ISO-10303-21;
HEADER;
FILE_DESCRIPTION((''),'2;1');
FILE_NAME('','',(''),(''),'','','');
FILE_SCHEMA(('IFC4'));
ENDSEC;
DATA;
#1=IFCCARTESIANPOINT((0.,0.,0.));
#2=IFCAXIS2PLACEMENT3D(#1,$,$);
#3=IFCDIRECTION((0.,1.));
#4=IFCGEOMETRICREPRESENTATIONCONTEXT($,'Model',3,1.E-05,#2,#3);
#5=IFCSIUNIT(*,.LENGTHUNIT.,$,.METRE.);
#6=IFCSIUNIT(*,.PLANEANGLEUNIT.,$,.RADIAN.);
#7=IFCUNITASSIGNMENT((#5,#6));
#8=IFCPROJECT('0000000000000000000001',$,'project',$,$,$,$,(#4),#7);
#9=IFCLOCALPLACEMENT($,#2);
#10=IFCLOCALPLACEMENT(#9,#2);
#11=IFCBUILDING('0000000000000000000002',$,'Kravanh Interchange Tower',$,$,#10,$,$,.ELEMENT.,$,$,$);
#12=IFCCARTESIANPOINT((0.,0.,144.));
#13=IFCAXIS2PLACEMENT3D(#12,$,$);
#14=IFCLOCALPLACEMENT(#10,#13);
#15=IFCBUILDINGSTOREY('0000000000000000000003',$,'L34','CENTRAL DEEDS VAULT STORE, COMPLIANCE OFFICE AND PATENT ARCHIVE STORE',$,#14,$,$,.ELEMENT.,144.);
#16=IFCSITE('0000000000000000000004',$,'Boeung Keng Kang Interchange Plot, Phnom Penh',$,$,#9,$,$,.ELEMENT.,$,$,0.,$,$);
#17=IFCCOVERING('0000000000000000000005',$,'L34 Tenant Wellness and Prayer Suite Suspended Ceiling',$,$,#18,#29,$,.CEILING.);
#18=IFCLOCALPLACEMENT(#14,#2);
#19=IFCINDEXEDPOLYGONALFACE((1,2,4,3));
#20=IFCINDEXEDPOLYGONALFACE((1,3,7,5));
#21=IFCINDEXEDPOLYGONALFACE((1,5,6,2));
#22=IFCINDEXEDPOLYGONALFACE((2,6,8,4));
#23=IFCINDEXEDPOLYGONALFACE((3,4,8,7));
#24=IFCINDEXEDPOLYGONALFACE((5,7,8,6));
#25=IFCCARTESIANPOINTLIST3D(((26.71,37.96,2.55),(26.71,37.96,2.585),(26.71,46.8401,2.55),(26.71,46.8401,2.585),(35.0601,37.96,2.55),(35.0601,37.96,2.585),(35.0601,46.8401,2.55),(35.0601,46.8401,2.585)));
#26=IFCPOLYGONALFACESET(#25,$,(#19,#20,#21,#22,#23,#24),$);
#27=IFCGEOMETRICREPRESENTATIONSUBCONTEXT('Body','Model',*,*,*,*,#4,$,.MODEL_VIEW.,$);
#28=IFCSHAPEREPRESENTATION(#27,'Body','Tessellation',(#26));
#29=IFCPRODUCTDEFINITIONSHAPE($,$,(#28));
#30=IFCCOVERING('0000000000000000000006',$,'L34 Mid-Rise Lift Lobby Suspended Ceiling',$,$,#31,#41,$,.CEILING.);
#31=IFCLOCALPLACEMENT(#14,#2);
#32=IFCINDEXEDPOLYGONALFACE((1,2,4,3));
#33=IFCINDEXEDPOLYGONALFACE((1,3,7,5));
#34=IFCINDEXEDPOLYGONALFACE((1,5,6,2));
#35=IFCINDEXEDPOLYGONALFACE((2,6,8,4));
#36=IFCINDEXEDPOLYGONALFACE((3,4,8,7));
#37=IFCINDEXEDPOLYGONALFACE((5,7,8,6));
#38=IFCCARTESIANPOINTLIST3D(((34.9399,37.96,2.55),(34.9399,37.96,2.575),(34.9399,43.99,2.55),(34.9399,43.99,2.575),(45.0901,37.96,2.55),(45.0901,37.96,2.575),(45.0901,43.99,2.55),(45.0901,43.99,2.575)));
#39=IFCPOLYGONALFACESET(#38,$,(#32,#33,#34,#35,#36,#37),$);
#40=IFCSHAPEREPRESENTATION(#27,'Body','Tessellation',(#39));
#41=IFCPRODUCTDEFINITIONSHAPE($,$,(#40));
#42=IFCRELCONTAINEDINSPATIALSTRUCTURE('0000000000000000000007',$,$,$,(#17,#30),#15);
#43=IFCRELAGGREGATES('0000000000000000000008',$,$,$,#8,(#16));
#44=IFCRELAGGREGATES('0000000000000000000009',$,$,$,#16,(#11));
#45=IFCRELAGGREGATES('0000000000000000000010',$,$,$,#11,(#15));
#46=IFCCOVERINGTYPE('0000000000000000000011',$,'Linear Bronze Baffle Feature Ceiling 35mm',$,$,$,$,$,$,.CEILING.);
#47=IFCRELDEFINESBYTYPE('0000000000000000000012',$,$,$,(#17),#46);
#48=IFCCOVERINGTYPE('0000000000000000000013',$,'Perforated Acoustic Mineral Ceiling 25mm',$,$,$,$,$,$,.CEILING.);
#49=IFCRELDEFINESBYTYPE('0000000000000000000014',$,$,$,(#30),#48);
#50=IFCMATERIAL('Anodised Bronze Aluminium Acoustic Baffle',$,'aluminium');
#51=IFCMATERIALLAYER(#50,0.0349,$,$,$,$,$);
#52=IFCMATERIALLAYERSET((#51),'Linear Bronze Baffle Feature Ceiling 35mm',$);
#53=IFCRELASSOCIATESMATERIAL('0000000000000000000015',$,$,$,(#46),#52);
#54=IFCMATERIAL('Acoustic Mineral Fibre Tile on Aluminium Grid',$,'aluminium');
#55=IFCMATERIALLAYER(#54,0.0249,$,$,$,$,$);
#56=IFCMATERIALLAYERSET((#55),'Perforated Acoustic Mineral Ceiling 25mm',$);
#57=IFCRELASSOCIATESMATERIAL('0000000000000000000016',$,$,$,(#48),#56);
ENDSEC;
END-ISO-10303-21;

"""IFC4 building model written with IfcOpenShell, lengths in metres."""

from ifc_helpers import new_model, si_unit, direction, frame, origin, place, context, subcontext, project, spatial, polyline, outline, extrude, material, layer, layer_set, type_object, element, save


model = new_model("IFC4")

# Units and contexts
model_context = context("Model", 3, precision=1e-05, world=origin(), true_north=direction((0.0, 1.0)))
body_context = subcontext(model_context, "Body", "Model", "MODEL_VIEW")
ifc_project = project(units=[si_unit("LENGTHUNIT", "METRE"), si_unit("PLANEANGLEUNIT", "RADIAN")], contexts=[model_context])

# Site, building, storey
site_placement = place(None, origin())
site = spatial("IfcSite", under=ifc_project, at=site_placement, Name="Boeung Keng Kang Interchange Plot, Phnom Penh", CompositionType="ELEMENT", RefElevation=0.0)
building_placement = place(site_placement, origin())
building = spatial("IfcBuilding", under=site, at=building_placement, Name="Kravanh Interchange Tower", CompositionType="ELEMENT")
storey_placement = place(building_placement, frame((0.0, 0.0, 144.0)))
storey = spatial("IfcBuildingStorey", under=building, at=storey_placement, Name="L34", Description="CENTRAL DEEDS VAULT STORE, COMPLIANCE OFFICE AND PATENT ARCHIVE STORE", CompositionType="ELEMENT", Elevation=144.0)

# Coverings
ifc_material_1 = material(Name="Anodised Bronze Aluminium Acoustic Baffle", Category="aluminium")
ifc_layer_1 = layer(ifc_material_1, 0.0349)
ifc_layer_set_1 = layer_set([ifc_layer_1], Name="Linear Bronze Baffle Feature Ceiling 35mm")
covering_type_1 = type_object("IfcCoveringType", Name="Linear Bronze Baffle Feature Ceiling 35mm", PredefinedType="CEILING", material=ifc_layer_set_1)
covering_1_placement = place(storey_placement, frame((0.0, 0.0, 2.55)))
element("IfcCovering", 1, at=covering_1_placement, inside=storey, type_object=covering_type_1, Name="L34 Tenant Wellness and Prayer Suite Suspended Ceiling", PredefinedType="CEILING", context=body_context, shape_type="SweptSolid", body=[
    extrude(outline(polyline([(35.0601, 37.96), (26.71, 37.96), (26.71, 46.8401), (35.0601, 46.8401), (35.0601, 37.96)])), origin(), (0.0, 0.0, 1.0), 0.0349),
])
ifc_material_2 = material(Name="Acoustic Mineral Fibre Tile on Aluminium Grid", Category="aluminium")
ifc_layer_2 = layer(ifc_material_2, 0.0249)
ifc_layer_set_2 = layer_set([ifc_layer_2], Name="Perforated Acoustic Mineral Ceiling 25mm")
covering_type_2 = type_object("IfcCoveringType", Name="Perforated Acoustic Mineral Ceiling 25mm", PredefinedType="CEILING", material=ifc_layer_set_2)
covering_2_placement = place(storey_placement, frame((0.0, 0.0, 2.55)))
element("IfcCovering", 2, at=covering_2_placement, inside=storey, type_object=covering_type_2, Name="L34 Mid-Rise Lift Lobby Suspended Ceiling", PredefinedType="CEILING", context=body_context, shape_type="SweptSolid", body=[
    extrude(outline(polyline([(45.0901, 37.96), (34.9399, 37.96), (34.9399, 43.99), (45.0901, 43.99), (45.0901, 37.96)])), origin(), (0.0, 0.0, 1.0), 0.0249),
])

save(model, "model.ifc")
